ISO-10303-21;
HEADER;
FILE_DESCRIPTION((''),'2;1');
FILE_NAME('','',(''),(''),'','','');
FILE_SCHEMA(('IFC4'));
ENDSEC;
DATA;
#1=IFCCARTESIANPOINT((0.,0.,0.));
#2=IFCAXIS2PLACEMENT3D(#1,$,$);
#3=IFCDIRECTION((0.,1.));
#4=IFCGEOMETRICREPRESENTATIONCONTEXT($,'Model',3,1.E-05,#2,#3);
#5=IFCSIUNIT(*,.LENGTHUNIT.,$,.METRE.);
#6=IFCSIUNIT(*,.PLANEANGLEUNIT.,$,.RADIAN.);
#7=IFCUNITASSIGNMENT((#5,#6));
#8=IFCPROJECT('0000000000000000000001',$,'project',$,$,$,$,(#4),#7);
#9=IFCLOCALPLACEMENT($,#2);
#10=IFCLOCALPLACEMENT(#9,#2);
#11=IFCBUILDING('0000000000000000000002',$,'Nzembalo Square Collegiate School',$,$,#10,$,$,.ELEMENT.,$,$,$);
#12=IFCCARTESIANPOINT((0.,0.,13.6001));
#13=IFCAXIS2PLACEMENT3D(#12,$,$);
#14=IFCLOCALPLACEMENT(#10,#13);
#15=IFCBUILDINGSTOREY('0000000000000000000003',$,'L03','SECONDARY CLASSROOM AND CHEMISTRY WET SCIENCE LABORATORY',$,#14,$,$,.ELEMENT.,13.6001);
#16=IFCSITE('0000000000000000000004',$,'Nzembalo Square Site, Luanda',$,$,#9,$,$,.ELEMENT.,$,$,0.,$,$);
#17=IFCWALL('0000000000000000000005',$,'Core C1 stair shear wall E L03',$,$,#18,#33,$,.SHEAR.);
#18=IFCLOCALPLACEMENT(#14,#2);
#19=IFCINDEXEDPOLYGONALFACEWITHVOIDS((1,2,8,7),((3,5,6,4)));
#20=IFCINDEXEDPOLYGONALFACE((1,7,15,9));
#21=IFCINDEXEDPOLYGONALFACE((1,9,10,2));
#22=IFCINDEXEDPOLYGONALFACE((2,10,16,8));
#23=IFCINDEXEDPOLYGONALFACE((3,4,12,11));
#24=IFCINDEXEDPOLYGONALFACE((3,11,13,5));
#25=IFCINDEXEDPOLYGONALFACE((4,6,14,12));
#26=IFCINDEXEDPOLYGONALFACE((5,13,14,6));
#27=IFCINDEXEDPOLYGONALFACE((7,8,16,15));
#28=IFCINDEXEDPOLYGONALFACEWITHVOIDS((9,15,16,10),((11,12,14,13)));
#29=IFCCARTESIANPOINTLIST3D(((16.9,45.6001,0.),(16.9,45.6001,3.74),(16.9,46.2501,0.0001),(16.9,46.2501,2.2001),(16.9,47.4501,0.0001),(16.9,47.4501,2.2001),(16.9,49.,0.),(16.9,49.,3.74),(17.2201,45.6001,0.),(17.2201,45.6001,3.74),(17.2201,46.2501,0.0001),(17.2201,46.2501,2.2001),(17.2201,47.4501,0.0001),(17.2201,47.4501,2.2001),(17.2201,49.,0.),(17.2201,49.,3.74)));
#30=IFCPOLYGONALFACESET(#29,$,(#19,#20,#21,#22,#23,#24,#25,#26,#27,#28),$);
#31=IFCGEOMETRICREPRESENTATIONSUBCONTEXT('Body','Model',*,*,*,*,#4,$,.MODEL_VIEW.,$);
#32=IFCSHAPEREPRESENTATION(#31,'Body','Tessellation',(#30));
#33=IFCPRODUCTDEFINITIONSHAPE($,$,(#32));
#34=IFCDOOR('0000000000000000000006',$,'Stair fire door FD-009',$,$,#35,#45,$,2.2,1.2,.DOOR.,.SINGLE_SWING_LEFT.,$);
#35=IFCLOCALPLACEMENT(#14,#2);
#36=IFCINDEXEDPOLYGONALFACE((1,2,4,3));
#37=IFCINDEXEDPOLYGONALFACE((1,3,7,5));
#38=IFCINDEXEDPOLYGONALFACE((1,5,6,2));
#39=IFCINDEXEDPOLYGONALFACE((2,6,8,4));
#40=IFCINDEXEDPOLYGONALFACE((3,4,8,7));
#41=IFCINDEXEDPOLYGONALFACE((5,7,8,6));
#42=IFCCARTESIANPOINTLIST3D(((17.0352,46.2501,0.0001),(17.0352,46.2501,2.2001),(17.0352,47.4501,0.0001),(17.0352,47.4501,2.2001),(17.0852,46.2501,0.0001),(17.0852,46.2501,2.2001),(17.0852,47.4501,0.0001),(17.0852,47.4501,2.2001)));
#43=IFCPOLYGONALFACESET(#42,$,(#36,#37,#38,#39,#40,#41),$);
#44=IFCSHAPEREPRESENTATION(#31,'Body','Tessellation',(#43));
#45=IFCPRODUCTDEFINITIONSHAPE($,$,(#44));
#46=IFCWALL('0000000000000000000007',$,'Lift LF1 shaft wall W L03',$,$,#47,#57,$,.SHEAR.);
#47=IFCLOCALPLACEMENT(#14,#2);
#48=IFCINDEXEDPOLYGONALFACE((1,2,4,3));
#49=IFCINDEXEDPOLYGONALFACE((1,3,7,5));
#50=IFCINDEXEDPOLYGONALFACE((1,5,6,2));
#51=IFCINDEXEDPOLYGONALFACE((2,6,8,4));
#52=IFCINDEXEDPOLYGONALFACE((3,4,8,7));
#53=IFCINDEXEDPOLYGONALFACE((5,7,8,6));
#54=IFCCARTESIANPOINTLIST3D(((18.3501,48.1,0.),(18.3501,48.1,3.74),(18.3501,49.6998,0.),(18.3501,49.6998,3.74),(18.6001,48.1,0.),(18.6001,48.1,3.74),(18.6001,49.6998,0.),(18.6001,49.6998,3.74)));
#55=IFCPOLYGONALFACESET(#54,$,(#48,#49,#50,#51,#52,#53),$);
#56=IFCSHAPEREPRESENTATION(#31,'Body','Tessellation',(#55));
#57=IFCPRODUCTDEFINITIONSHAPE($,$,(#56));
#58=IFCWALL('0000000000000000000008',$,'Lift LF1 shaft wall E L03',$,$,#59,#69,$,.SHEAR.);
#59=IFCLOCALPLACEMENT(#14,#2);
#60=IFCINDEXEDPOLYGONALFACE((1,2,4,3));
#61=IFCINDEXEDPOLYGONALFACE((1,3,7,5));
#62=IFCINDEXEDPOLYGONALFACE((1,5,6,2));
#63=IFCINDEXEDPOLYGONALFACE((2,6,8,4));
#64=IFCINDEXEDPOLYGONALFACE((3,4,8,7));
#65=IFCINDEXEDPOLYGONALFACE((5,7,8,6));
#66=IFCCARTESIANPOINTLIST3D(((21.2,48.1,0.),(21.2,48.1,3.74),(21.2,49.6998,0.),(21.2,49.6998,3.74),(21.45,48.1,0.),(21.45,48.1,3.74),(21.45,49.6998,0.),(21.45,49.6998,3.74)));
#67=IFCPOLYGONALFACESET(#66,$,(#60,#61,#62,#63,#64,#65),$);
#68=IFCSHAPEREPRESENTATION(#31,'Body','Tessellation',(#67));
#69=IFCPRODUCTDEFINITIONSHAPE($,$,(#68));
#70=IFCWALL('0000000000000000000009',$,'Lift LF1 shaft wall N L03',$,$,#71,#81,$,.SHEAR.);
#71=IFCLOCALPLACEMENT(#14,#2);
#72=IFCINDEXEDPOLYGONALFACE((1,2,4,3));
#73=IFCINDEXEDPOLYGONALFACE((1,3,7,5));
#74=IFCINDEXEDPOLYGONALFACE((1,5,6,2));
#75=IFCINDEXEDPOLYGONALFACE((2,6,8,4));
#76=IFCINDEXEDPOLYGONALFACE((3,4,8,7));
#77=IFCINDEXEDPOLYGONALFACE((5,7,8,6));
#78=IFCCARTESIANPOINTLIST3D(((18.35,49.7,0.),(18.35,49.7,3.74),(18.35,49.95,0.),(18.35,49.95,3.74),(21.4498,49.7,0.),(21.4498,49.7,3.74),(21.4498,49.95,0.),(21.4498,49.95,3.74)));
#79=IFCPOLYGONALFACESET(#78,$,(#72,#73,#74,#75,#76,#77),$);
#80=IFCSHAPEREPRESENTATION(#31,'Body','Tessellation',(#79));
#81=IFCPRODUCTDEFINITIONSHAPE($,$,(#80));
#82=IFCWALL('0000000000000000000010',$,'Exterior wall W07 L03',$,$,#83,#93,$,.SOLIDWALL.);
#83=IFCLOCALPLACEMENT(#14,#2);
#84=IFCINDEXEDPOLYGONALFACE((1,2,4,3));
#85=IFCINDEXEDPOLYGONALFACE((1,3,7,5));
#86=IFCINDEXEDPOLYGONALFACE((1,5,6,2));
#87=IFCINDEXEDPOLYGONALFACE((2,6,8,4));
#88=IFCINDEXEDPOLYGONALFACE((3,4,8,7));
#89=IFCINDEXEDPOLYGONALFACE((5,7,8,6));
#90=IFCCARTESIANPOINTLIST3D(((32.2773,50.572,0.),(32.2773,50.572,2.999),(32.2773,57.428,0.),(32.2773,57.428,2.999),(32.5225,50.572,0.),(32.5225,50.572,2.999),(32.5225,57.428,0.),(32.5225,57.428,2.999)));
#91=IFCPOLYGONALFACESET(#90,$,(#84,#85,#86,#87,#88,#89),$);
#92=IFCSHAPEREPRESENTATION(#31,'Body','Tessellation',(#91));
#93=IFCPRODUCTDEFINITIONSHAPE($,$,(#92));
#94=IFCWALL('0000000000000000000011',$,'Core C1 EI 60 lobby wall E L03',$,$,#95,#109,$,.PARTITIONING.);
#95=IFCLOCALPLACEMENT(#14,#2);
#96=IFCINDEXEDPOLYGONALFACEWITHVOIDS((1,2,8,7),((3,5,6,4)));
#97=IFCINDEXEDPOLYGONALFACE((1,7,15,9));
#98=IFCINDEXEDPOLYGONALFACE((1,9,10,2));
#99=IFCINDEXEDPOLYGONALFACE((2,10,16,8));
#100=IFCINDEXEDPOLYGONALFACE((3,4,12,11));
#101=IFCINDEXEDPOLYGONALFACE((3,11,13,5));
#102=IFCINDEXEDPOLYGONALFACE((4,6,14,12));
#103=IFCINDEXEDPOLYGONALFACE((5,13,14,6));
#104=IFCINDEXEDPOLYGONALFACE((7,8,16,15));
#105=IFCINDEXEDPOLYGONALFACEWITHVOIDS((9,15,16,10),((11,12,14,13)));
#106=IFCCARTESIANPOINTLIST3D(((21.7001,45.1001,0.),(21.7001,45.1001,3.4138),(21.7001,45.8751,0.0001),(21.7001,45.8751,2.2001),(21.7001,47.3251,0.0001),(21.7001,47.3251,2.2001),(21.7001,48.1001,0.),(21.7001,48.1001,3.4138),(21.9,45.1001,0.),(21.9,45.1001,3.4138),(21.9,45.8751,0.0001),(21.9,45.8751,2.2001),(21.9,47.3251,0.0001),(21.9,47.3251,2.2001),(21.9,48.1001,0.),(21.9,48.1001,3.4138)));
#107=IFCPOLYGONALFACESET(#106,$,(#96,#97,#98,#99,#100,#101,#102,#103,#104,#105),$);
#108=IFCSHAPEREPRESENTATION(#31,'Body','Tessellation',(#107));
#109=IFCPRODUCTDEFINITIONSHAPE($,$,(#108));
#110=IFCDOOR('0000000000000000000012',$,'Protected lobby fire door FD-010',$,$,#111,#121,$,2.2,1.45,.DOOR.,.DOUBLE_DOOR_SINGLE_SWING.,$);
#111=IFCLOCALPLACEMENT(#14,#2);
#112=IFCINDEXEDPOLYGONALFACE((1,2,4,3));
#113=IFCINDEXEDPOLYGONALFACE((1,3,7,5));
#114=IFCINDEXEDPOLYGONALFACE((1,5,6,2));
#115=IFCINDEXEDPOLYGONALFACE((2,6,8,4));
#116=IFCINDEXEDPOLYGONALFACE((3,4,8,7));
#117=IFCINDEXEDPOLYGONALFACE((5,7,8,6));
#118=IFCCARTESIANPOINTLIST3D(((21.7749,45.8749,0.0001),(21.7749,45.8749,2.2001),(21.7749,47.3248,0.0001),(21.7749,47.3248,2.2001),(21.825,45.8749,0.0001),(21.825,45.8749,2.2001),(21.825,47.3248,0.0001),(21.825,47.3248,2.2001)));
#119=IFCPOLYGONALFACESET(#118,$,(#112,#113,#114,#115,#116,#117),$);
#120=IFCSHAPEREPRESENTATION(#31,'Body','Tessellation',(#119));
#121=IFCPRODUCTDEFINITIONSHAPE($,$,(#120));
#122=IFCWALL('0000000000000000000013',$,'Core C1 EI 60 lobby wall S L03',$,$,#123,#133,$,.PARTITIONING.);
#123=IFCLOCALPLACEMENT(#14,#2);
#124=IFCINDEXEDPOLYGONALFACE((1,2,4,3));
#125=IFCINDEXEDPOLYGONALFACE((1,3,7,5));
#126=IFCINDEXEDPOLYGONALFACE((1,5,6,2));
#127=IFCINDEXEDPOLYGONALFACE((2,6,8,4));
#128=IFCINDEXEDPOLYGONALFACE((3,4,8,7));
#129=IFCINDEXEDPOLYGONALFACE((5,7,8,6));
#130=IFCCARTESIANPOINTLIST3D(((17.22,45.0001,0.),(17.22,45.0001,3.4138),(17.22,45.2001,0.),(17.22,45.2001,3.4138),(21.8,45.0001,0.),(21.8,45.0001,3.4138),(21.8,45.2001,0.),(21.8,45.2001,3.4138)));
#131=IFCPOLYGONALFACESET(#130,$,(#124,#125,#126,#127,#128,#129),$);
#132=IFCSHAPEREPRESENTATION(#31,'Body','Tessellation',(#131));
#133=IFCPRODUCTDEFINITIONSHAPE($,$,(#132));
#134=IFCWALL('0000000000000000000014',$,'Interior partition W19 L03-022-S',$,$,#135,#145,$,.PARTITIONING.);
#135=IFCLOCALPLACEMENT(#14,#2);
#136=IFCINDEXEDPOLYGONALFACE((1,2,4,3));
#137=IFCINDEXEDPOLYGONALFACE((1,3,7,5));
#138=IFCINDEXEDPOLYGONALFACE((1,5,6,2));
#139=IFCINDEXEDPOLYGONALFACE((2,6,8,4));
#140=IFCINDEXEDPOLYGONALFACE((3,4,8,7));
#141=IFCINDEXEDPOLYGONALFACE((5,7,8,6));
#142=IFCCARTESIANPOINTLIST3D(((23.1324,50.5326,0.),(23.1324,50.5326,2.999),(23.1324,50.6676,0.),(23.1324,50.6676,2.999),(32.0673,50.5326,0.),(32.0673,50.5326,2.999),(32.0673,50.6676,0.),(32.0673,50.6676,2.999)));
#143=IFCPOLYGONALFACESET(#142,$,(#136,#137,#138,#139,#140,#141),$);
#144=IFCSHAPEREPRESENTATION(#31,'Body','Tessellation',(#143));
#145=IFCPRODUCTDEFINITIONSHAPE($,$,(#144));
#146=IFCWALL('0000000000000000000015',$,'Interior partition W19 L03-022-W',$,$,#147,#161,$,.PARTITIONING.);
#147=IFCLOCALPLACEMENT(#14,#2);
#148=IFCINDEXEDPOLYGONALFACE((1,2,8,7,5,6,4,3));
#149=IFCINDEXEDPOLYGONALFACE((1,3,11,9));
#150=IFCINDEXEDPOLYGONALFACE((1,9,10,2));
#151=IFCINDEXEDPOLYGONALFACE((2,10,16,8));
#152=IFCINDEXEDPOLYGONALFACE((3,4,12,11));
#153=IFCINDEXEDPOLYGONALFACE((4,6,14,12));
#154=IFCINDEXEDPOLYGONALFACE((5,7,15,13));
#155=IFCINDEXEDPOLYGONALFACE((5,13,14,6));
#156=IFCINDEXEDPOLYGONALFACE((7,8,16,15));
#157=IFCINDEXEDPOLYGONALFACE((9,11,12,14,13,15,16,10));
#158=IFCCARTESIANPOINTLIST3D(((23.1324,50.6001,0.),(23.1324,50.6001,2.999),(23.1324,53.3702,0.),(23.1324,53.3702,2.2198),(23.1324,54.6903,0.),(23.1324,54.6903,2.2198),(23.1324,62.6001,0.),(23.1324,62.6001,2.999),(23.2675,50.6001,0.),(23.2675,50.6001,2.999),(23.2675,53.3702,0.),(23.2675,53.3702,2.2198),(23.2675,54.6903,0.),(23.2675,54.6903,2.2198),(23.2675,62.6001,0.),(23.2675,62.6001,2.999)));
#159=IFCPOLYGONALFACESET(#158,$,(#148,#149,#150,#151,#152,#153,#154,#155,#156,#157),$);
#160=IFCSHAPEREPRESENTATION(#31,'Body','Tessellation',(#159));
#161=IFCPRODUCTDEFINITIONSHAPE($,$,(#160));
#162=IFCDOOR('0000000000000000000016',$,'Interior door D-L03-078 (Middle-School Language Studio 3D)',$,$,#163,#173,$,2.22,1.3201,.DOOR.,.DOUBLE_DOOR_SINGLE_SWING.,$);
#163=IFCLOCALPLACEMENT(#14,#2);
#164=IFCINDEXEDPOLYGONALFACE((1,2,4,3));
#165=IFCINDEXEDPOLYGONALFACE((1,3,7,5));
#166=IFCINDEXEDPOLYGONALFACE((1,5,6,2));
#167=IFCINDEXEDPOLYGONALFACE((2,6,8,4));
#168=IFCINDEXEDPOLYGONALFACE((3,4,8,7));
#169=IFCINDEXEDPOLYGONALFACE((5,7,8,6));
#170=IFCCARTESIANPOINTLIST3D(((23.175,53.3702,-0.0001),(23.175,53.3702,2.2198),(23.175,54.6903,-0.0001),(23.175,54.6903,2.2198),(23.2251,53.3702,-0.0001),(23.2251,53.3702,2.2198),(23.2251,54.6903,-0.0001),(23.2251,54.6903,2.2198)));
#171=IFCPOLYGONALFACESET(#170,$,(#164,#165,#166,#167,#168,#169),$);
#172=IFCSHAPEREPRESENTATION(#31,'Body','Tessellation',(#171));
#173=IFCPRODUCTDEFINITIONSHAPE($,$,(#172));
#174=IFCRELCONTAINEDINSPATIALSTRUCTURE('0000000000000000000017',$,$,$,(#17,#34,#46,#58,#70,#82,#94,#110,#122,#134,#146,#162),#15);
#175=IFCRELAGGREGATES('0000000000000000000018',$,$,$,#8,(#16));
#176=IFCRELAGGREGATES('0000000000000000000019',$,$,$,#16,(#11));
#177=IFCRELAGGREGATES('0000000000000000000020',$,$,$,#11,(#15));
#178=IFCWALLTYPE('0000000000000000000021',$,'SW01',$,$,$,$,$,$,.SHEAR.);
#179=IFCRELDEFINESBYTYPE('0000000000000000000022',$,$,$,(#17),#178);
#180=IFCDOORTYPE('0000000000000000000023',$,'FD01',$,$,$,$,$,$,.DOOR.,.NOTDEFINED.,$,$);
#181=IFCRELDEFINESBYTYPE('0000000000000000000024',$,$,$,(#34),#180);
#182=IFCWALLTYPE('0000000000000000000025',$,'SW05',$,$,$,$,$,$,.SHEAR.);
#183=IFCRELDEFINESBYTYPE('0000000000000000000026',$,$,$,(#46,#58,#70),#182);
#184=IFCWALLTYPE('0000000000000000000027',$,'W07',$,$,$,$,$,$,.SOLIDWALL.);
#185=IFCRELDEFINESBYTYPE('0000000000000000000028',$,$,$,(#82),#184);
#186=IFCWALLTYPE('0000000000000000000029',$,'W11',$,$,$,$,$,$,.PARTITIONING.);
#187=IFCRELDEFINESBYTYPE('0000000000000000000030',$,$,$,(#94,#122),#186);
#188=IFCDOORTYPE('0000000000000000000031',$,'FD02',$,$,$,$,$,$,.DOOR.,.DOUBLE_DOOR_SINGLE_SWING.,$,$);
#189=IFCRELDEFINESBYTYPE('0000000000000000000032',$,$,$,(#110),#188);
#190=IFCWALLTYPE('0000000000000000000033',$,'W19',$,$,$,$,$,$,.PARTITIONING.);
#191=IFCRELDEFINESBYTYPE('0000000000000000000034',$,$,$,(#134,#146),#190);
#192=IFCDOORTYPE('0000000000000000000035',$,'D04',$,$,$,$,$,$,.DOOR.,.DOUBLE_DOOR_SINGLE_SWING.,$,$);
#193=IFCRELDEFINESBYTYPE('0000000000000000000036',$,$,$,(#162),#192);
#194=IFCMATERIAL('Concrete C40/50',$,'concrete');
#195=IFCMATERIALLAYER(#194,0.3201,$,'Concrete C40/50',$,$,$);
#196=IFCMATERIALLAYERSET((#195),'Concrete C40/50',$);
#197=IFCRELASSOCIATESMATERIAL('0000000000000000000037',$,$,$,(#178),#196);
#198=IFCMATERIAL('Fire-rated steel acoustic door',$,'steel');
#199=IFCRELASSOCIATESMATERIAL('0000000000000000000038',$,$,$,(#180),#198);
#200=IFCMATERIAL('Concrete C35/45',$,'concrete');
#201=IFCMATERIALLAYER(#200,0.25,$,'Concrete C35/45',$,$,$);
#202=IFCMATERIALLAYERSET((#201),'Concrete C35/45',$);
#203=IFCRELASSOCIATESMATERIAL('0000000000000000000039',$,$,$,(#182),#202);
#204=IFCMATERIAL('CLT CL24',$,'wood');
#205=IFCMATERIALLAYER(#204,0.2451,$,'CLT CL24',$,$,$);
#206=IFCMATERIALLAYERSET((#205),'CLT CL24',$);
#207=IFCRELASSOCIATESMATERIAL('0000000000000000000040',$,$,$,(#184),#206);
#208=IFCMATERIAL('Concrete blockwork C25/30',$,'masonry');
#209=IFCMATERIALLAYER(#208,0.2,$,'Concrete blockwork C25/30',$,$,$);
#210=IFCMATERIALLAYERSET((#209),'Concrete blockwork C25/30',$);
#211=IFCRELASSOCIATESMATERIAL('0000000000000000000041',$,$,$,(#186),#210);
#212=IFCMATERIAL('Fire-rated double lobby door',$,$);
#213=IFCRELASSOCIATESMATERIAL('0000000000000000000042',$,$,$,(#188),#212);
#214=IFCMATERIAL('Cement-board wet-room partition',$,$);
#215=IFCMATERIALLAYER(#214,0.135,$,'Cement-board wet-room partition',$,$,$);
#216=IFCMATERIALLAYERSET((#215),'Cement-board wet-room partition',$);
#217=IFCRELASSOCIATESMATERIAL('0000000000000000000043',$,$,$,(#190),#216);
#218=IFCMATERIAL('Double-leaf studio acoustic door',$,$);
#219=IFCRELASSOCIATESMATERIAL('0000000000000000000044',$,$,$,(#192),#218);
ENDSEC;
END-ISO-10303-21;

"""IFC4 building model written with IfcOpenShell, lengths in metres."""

from ifc_helpers import new_model, si_unit, direction, frame, frame_2d, origin, place, context, subcontext, project, spatial, rectangle, extrude, material, layer, layer_set, type_object, element, fill, save


model = new_model("IFC4")

# Units and contexts
model_context = context("Model", 3, precision=1e-05, world=origin(), true_north=direction((0.0, 1.0)))
body_context = subcontext(model_context, "Body", "Model", "MODEL_VIEW")
ifc_project = project(units=[si_unit("LENGTHUNIT", "METRE"), si_unit("PLANEANGLEUNIT", "RADIAN")], contexts=[model_context])

# Site, building, storey
site_placement = place(None, origin())
site = spatial("IfcSite", under=ifc_project, at=site_placement, Name="Nzembalo Square Site, Luanda", CompositionType="ELEMENT", RefElevation=0.0)
building_placement = place(site_placement, origin())
building = spatial("IfcBuilding", under=site, at=building_placement, Name="Nzembalo Square Collegiate School", CompositionType="ELEMENT")
storey_placement = place(building_placement, frame((0.0, 0.0, 13.6001)))
storey = spatial("IfcBuildingStorey", under=building, at=storey_placement, Name="L03", Description="SECONDARY CLASSROOM AND CHEMISTRY WET SCIENCE LABORATORY", CompositionType="ELEMENT", Elevation=13.6001)

# Wall, opening, door
ifc_material_1 = material(Name="Concrete C40/50", Category="concrete")
ifc_layer_1 = layer(ifc_material_1, 0.3201, Name="Concrete C40/50")
ifc_layer_set_1 = layer_set([ifc_layer_1], Name="Concrete C40/50")
wall_type_1 = type_object("IfcWallType", Name="SW01", PredefinedType="SHEAR", material=ifc_layer_set_1)
wall_1_placement = place(storey_placement, frame((17.0601, 45.6001, 0.0), z_axis=(0.0, 0.0, 1.0), x_axis=(0.0, 1.0, 0.0)))
wall_1 = element("IfcWall", 1, at=wall_1_placement, inside=storey, type_object=wall_type_1, Name="Core C1 stair shear wall E L03", PredefinedType="SHEAR", context=body_context, shape_type="SweptSolid", body=[
    extrude(rectangle(XDim=3.3999, YDim=0.3201, at=frame_2d((1.7, 0.0))), origin(), (0.0, 0.0, 1.0), 3.74),
])
opening_1_placement = place(wall_1_placement, frame((0.6499, 0.0, 0.0)))
opening_1 = element("IfcOpeningElement", 2, at=opening_1_placement, cuts=wall_1, PredefinedType="OPENING", context=body_context, shape_type="SweptSolid", body=[
    extrude(rectangle(XDim=1.2, YDim=2.2, at=frame_2d((0.6001, 1.1001))), frame((0.0, 0.1699, 0.0), z_axis=(0.0, -1.0, 0.0), x_axis=(1.0, 0.0, 0.0)), (0.0, 0.0, 1.0), 0.3401),
])
ifc_material_2 = material(Name="Fire-rated steel acoustic door", Category="steel")
door_type_1 = type_object("IfcDoorType", Name="FD01", OperationType="NOTDEFINED", PredefinedType="DOOR", material=ifc_material_2)
door_1_placement = place(opening_1_placement, origin())
door_1 = element("IfcDoor", 3, at=door_1_placement, inside=storey, type_object=door_type_1, Name="Stair fire door FD-009", OperationType="SINGLE_SWING_LEFT", OverallHeight=2.2, OverallWidth=1.2, PredefinedType="DOOR", context=body_context, shape_type="SweptSolid", body=[
    extrude(rectangle(XDim=1.2, YDim=2.2, at=frame_2d((0.6001, 1.1001))), frame((0.0, 0.0249, 0.0), z_axis=(0.0, -1.0, 0.0), x_axis=(1.0, 0.0, 0.0)), (0.0, 0.0, 1.0), 0.05),
])
fill(opening_1, door_1)

# Walls
ifc_material_3 = material(Name="Concrete C35/45", Category="concrete")
ifc_layer_2 = layer(ifc_material_3, 0.25, Name="Concrete C35/45")
ifc_layer_set_2 = layer_set([ifc_layer_2], Name="Concrete C35/45")
wall_type_2 = type_object("IfcWallType", Name="SW05", PredefinedType="SHEAR", material=ifc_layer_set_2)
for number, where, z_axis, x_axis, name in (
    (4, (18.4751, 48.1001, 0.0), (0.0, 0.0, 1.0), (0.0, 1.0, 0.0), "Lift LF1 shaft wall W L03"),
    (5, (21.325, 48.1001, 0.0), (0.0, 0.0, 1.0), (0.0, 1.0, 0.0), "Lift LF1 shaft wall E L03"),
):
    element("IfcWall", number, at=place(storey_placement, frame(where, z_axis=z_axis, x_axis=x_axis)), inside=storey, type_object=wall_type_2, Name=name, PredefinedType="SHEAR", context=body_context, shape_type="SweptSolid", body=[
        extrude(rectangle(XDim=1.5999, YDim=0.25, at=frame_2d((0.7998, 0.0))), origin(), (0.0, 0.0, 1.0), 3.74),
    ])
wall_2_placement = place(storey_placement, frame((18.3501, 49.825, 0.0), z_axis=(0.0, 0.0, 1.0), x_axis=(1.0, 0.0, 0.0)))
element("IfcWall", 6, at=wall_2_placement, inside=storey, type_object=wall_type_2, Name="Lift LF1 shaft wall N L03", PredefinedType="SHEAR", context=body_context, shape_type="SweptSolid", body=[
    extrude(rectangle(XDim=3.0999, YDim=0.25, at=frame_2d((1.5498, 0.0))), origin(), (0.0, 0.0, 1.0), 3.74),
])

# Wall
ifc_material_4 = material(Name="CLT CL24", Category="wood")
ifc_layer_3 = layer(ifc_material_4, 0.2451, Name="CLT CL24")
ifc_layer_set_3 = layer_set([ifc_layer_3], Name="CLT CL24")
wall_type_3 = type_object("IfcWallType", Name="W07", PredefinedType="SOLIDWALL", material=ifc_layer_set_3)
wall_3_placement = place(storey_placement, frame((32.3999, 50.572, 0.0), z_axis=(0.0, 0.0, 1.0), x_axis=(0.0, 1.0, 0.0)))
element("IfcWall", 7, at=wall_3_placement, inside=storey, type_object=wall_type_3, Name="Exterior wall W07 L03", PredefinedType="SOLIDWALL", context=body_context, shape_type="SweptSolid", body=[
    extrude(rectangle(XDim=6.856, YDim=0.2451, at=frame_2d((3.428, 0.0))), origin(), (0.0, 0.0, 1.0), 2.999),
])

# Wall, opening, door
ifc_material_5 = material(Name="Concrete blockwork C25/30", Category="masonry")
ifc_layer_4 = layer(ifc_material_5, 0.2, Name="Concrete blockwork C25/30")
ifc_layer_set_4 = layer_set([ifc_layer_4], Name="Concrete blockwork C25/30")
wall_type_4 = type_object("IfcWallType", Name="W11", PredefinedType="PARTITIONING", material=ifc_layer_set_4)
wall_4_placement = place(storey_placement, frame((21.8, 45.1001, 0.0), z_axis=(0.0, 0.0, 1.0), x_axis=(0.0, 1.0, 0.0)))
wall_4 = element("IfcWall", 8, at=wall_4_placement, inside=storey, type_object=wall_type_4, Name="Core C1 EI 60 lobby wall E L03", PredefinedType="PARTITIONING", context=body_context, shape_type="SweptSolid", body=[
    extrude(rectangle(XDim=3.0, YDim=0.2, at=frame_2d((1.5, 0.0))), origin(), (0.0, 0.0, 1.0), 3.4138),
])
opening_2_placement = place(wall_4_placement, frame((0.7749, 0.0, 0.0)))
opening_2 = element("IfcOpeningElement", 9, at=opening_2_placement, cuts=wall_4, PredefinedType="OPENING", context=body_context, shape_type="SweptSolid", body=[
    extrude(rectangle(XDim=1.45, YDim=2.2, at=frame_2d((0.7251, 1.1001))), frame((0.0, 0.1099, 0.0), z_axis=(0.0, -1.0, 0.0), x_axis=(1.0, 0.0, 0.0)), (0.0, 0.0, 1.0), 0.22),
])
ifc_material_6 = material(Name="Fire-rated double lobby door")
door_type_2 = type_object("IfcDoorType", Name="FD02", OperationType="DOUBLE_DOOR_SINGLE_SWING", PredefinedType="DOOR", material=ifc_material_6)
door_2_placement = place(opening_2_placement, frame((1.45, 0.0, 0.0), z_axis=(0.0, 0.0, 1.0), x_axis=(-1.0, 0.0, 0.0)))
door_2 = element("IfcDoor", 10, at=door_2_placement, inside=storey, type_object=door_type_2, Name="Protected lobby fire door FD-010", OperationType="DOUBLE_DOOR_SINGLE_SWING", OverallHeight=2.2, OverallWidth=1.45, PredefinedType="DOOR", context=body_context, shape_type="SweptSolid", body=[
    extrude(rectangle(XDim=1.45, YDim=2.2, at=frame_2d((0.7251, 1.1001))), frame((0.0, 0.0249, 0.0), z_axis=(0.0, -1.0, 0.0), x_axis=(1.0, 0.0, 0.0)), (0.0, 0.0, 1.0), 0.05),
])
fill(opening_2, door_2)

# Walls
wall_5_placement = place(storey_placement, frame((17.22, 45.1001, 0.0), z_axis=(0.0, 0.0, 1.0), x_axis=(1.0, 0.0, 0.0)))
element("IfcWall", 11, at=wall_5_placement, inside=storey, type_object=wall_type_4, Name="Core C1 EI 60 lobby wall S L03", PredefinedType="PARTITIONING", context=body_context, shape_type="SweptSolid", body=[
    extrude(rectangle(XDim=4.5801, YDim=0.2, at=frame_2d((2.29, 0.0))), origin(), (0.0, 0.0, 1.0), 3.4138),
])
ifc_material_7 = material(Name="Cement-board wet-room partition")
ifc_layer_5 = layer(ifc_material_7, 0.135, Name="Cement-board wet-room partition")
ifc_layer_set_5 = layer_set([ifc_layer_5], Name="Cement-board wet-room partition")
wall_type_5 = type_object("IfcWallType", Name="W19", PredefinedType="PARTITIONING", material=ifc_layer_set_5)
wall_6_placement = place(storey_placement, frame((23.1326, 50.6001, 0.0), z_axis=(0.0, 0.0, 1.0), x_axis=(1.0, 0.0, 0.0)))
element("IfcWall", 12, at=wall_6_placement, inside=storey, type_object=wall_type_5, Name="Interior partition W19 L03-022-S", PredefinedType="PARTITIONING", context=body_context, shape_type="SweptSolid", body=[
    extrude(rectangle(XDim=8.9348, YDim=0.135, at=frame_2d((4.4673, 0.0))), origin(), (0.0, 0.0, 1.0), 2.999),
])

# Wall, opening, door
wall_7_placement = place(storey_placement, frame((23.2, 50.6001, 0.0), z_axis=(0.0, 0.0, 1.0), x_axis=(0.0, 1.0, 0.0)))
wall_7 = element("IfcWall", 13, at=wall_7_placement, inside=storey, type_object=wall_type_5, Name="Interior partition W19 L03-022-W", PredefinedType="PARTITIONING", context=body_context, shape_type="SweptSolid", body=[
    extrude(rectangle(XDim=12.0, YDim=0.135, at=frame_2d((6.0, 0.0))), origin(), (0.0, 0.0, 1.0), 2.999),
])
opening_3_placement = place(wall_7_placement, frame((2.77, 0.0, 0.0)))
opening_3 = element("IfcOpeningElement", 14, at=opening_3_placement, cuts=wall_7, PredefinedType="OPENING", context=body_context, shape_type="SweptSolid", body=[
    extrude(rectangle(XDim=1.3201, YDim=2.22, at=frame_2d((0.6602, 1.1099))), frame((0.0, 0.0776, 0.0), z_axis=(0.0, -1.0, 0.0), x_axis=(1.0, 0.0, 0.0)), (0.0, 0.0, 1.0), 0.155),
])
ifc_material_8 = material(Name="Double-leaf studio acoustic door")
door_type_3 = type_object("IfcDoorType", Name="D04", OperationType="DOUBLE_DOOR_SINGLE_SWING", PredefinedType="DOOR", material=ifc_material_8)
door_3_placement = place(opening_3_placement, origin())
door_3 = element("IfcDoor", 15, at=door_3_placement, inside=storey, type_object=door_type_3, Name="Interior door D-L03-078 (Middle-School Language Studio 3D)", OperationType="DOUBLE_DOOR_SINGLE_SWING", OverallHeight=2.22, OverallWidth=1.3201, PredefinedType="DOOR", context=body_context, shape_type="SweptSolid", body=[
    extrude(rectangle(XDim=1.3201, YDim=2.22, at=frame_2d((0.6602, 1.1099))), frame((0.0, 0.0249, 0.0), z_axis=(0.0, -1.0, 0.0), x_axis=(1.0, 0.0, 0.0)), (0.0, 0.0, 1.0), 0.05),
])
fill(opening_3, door_3)

save(model, "model.ifc")
